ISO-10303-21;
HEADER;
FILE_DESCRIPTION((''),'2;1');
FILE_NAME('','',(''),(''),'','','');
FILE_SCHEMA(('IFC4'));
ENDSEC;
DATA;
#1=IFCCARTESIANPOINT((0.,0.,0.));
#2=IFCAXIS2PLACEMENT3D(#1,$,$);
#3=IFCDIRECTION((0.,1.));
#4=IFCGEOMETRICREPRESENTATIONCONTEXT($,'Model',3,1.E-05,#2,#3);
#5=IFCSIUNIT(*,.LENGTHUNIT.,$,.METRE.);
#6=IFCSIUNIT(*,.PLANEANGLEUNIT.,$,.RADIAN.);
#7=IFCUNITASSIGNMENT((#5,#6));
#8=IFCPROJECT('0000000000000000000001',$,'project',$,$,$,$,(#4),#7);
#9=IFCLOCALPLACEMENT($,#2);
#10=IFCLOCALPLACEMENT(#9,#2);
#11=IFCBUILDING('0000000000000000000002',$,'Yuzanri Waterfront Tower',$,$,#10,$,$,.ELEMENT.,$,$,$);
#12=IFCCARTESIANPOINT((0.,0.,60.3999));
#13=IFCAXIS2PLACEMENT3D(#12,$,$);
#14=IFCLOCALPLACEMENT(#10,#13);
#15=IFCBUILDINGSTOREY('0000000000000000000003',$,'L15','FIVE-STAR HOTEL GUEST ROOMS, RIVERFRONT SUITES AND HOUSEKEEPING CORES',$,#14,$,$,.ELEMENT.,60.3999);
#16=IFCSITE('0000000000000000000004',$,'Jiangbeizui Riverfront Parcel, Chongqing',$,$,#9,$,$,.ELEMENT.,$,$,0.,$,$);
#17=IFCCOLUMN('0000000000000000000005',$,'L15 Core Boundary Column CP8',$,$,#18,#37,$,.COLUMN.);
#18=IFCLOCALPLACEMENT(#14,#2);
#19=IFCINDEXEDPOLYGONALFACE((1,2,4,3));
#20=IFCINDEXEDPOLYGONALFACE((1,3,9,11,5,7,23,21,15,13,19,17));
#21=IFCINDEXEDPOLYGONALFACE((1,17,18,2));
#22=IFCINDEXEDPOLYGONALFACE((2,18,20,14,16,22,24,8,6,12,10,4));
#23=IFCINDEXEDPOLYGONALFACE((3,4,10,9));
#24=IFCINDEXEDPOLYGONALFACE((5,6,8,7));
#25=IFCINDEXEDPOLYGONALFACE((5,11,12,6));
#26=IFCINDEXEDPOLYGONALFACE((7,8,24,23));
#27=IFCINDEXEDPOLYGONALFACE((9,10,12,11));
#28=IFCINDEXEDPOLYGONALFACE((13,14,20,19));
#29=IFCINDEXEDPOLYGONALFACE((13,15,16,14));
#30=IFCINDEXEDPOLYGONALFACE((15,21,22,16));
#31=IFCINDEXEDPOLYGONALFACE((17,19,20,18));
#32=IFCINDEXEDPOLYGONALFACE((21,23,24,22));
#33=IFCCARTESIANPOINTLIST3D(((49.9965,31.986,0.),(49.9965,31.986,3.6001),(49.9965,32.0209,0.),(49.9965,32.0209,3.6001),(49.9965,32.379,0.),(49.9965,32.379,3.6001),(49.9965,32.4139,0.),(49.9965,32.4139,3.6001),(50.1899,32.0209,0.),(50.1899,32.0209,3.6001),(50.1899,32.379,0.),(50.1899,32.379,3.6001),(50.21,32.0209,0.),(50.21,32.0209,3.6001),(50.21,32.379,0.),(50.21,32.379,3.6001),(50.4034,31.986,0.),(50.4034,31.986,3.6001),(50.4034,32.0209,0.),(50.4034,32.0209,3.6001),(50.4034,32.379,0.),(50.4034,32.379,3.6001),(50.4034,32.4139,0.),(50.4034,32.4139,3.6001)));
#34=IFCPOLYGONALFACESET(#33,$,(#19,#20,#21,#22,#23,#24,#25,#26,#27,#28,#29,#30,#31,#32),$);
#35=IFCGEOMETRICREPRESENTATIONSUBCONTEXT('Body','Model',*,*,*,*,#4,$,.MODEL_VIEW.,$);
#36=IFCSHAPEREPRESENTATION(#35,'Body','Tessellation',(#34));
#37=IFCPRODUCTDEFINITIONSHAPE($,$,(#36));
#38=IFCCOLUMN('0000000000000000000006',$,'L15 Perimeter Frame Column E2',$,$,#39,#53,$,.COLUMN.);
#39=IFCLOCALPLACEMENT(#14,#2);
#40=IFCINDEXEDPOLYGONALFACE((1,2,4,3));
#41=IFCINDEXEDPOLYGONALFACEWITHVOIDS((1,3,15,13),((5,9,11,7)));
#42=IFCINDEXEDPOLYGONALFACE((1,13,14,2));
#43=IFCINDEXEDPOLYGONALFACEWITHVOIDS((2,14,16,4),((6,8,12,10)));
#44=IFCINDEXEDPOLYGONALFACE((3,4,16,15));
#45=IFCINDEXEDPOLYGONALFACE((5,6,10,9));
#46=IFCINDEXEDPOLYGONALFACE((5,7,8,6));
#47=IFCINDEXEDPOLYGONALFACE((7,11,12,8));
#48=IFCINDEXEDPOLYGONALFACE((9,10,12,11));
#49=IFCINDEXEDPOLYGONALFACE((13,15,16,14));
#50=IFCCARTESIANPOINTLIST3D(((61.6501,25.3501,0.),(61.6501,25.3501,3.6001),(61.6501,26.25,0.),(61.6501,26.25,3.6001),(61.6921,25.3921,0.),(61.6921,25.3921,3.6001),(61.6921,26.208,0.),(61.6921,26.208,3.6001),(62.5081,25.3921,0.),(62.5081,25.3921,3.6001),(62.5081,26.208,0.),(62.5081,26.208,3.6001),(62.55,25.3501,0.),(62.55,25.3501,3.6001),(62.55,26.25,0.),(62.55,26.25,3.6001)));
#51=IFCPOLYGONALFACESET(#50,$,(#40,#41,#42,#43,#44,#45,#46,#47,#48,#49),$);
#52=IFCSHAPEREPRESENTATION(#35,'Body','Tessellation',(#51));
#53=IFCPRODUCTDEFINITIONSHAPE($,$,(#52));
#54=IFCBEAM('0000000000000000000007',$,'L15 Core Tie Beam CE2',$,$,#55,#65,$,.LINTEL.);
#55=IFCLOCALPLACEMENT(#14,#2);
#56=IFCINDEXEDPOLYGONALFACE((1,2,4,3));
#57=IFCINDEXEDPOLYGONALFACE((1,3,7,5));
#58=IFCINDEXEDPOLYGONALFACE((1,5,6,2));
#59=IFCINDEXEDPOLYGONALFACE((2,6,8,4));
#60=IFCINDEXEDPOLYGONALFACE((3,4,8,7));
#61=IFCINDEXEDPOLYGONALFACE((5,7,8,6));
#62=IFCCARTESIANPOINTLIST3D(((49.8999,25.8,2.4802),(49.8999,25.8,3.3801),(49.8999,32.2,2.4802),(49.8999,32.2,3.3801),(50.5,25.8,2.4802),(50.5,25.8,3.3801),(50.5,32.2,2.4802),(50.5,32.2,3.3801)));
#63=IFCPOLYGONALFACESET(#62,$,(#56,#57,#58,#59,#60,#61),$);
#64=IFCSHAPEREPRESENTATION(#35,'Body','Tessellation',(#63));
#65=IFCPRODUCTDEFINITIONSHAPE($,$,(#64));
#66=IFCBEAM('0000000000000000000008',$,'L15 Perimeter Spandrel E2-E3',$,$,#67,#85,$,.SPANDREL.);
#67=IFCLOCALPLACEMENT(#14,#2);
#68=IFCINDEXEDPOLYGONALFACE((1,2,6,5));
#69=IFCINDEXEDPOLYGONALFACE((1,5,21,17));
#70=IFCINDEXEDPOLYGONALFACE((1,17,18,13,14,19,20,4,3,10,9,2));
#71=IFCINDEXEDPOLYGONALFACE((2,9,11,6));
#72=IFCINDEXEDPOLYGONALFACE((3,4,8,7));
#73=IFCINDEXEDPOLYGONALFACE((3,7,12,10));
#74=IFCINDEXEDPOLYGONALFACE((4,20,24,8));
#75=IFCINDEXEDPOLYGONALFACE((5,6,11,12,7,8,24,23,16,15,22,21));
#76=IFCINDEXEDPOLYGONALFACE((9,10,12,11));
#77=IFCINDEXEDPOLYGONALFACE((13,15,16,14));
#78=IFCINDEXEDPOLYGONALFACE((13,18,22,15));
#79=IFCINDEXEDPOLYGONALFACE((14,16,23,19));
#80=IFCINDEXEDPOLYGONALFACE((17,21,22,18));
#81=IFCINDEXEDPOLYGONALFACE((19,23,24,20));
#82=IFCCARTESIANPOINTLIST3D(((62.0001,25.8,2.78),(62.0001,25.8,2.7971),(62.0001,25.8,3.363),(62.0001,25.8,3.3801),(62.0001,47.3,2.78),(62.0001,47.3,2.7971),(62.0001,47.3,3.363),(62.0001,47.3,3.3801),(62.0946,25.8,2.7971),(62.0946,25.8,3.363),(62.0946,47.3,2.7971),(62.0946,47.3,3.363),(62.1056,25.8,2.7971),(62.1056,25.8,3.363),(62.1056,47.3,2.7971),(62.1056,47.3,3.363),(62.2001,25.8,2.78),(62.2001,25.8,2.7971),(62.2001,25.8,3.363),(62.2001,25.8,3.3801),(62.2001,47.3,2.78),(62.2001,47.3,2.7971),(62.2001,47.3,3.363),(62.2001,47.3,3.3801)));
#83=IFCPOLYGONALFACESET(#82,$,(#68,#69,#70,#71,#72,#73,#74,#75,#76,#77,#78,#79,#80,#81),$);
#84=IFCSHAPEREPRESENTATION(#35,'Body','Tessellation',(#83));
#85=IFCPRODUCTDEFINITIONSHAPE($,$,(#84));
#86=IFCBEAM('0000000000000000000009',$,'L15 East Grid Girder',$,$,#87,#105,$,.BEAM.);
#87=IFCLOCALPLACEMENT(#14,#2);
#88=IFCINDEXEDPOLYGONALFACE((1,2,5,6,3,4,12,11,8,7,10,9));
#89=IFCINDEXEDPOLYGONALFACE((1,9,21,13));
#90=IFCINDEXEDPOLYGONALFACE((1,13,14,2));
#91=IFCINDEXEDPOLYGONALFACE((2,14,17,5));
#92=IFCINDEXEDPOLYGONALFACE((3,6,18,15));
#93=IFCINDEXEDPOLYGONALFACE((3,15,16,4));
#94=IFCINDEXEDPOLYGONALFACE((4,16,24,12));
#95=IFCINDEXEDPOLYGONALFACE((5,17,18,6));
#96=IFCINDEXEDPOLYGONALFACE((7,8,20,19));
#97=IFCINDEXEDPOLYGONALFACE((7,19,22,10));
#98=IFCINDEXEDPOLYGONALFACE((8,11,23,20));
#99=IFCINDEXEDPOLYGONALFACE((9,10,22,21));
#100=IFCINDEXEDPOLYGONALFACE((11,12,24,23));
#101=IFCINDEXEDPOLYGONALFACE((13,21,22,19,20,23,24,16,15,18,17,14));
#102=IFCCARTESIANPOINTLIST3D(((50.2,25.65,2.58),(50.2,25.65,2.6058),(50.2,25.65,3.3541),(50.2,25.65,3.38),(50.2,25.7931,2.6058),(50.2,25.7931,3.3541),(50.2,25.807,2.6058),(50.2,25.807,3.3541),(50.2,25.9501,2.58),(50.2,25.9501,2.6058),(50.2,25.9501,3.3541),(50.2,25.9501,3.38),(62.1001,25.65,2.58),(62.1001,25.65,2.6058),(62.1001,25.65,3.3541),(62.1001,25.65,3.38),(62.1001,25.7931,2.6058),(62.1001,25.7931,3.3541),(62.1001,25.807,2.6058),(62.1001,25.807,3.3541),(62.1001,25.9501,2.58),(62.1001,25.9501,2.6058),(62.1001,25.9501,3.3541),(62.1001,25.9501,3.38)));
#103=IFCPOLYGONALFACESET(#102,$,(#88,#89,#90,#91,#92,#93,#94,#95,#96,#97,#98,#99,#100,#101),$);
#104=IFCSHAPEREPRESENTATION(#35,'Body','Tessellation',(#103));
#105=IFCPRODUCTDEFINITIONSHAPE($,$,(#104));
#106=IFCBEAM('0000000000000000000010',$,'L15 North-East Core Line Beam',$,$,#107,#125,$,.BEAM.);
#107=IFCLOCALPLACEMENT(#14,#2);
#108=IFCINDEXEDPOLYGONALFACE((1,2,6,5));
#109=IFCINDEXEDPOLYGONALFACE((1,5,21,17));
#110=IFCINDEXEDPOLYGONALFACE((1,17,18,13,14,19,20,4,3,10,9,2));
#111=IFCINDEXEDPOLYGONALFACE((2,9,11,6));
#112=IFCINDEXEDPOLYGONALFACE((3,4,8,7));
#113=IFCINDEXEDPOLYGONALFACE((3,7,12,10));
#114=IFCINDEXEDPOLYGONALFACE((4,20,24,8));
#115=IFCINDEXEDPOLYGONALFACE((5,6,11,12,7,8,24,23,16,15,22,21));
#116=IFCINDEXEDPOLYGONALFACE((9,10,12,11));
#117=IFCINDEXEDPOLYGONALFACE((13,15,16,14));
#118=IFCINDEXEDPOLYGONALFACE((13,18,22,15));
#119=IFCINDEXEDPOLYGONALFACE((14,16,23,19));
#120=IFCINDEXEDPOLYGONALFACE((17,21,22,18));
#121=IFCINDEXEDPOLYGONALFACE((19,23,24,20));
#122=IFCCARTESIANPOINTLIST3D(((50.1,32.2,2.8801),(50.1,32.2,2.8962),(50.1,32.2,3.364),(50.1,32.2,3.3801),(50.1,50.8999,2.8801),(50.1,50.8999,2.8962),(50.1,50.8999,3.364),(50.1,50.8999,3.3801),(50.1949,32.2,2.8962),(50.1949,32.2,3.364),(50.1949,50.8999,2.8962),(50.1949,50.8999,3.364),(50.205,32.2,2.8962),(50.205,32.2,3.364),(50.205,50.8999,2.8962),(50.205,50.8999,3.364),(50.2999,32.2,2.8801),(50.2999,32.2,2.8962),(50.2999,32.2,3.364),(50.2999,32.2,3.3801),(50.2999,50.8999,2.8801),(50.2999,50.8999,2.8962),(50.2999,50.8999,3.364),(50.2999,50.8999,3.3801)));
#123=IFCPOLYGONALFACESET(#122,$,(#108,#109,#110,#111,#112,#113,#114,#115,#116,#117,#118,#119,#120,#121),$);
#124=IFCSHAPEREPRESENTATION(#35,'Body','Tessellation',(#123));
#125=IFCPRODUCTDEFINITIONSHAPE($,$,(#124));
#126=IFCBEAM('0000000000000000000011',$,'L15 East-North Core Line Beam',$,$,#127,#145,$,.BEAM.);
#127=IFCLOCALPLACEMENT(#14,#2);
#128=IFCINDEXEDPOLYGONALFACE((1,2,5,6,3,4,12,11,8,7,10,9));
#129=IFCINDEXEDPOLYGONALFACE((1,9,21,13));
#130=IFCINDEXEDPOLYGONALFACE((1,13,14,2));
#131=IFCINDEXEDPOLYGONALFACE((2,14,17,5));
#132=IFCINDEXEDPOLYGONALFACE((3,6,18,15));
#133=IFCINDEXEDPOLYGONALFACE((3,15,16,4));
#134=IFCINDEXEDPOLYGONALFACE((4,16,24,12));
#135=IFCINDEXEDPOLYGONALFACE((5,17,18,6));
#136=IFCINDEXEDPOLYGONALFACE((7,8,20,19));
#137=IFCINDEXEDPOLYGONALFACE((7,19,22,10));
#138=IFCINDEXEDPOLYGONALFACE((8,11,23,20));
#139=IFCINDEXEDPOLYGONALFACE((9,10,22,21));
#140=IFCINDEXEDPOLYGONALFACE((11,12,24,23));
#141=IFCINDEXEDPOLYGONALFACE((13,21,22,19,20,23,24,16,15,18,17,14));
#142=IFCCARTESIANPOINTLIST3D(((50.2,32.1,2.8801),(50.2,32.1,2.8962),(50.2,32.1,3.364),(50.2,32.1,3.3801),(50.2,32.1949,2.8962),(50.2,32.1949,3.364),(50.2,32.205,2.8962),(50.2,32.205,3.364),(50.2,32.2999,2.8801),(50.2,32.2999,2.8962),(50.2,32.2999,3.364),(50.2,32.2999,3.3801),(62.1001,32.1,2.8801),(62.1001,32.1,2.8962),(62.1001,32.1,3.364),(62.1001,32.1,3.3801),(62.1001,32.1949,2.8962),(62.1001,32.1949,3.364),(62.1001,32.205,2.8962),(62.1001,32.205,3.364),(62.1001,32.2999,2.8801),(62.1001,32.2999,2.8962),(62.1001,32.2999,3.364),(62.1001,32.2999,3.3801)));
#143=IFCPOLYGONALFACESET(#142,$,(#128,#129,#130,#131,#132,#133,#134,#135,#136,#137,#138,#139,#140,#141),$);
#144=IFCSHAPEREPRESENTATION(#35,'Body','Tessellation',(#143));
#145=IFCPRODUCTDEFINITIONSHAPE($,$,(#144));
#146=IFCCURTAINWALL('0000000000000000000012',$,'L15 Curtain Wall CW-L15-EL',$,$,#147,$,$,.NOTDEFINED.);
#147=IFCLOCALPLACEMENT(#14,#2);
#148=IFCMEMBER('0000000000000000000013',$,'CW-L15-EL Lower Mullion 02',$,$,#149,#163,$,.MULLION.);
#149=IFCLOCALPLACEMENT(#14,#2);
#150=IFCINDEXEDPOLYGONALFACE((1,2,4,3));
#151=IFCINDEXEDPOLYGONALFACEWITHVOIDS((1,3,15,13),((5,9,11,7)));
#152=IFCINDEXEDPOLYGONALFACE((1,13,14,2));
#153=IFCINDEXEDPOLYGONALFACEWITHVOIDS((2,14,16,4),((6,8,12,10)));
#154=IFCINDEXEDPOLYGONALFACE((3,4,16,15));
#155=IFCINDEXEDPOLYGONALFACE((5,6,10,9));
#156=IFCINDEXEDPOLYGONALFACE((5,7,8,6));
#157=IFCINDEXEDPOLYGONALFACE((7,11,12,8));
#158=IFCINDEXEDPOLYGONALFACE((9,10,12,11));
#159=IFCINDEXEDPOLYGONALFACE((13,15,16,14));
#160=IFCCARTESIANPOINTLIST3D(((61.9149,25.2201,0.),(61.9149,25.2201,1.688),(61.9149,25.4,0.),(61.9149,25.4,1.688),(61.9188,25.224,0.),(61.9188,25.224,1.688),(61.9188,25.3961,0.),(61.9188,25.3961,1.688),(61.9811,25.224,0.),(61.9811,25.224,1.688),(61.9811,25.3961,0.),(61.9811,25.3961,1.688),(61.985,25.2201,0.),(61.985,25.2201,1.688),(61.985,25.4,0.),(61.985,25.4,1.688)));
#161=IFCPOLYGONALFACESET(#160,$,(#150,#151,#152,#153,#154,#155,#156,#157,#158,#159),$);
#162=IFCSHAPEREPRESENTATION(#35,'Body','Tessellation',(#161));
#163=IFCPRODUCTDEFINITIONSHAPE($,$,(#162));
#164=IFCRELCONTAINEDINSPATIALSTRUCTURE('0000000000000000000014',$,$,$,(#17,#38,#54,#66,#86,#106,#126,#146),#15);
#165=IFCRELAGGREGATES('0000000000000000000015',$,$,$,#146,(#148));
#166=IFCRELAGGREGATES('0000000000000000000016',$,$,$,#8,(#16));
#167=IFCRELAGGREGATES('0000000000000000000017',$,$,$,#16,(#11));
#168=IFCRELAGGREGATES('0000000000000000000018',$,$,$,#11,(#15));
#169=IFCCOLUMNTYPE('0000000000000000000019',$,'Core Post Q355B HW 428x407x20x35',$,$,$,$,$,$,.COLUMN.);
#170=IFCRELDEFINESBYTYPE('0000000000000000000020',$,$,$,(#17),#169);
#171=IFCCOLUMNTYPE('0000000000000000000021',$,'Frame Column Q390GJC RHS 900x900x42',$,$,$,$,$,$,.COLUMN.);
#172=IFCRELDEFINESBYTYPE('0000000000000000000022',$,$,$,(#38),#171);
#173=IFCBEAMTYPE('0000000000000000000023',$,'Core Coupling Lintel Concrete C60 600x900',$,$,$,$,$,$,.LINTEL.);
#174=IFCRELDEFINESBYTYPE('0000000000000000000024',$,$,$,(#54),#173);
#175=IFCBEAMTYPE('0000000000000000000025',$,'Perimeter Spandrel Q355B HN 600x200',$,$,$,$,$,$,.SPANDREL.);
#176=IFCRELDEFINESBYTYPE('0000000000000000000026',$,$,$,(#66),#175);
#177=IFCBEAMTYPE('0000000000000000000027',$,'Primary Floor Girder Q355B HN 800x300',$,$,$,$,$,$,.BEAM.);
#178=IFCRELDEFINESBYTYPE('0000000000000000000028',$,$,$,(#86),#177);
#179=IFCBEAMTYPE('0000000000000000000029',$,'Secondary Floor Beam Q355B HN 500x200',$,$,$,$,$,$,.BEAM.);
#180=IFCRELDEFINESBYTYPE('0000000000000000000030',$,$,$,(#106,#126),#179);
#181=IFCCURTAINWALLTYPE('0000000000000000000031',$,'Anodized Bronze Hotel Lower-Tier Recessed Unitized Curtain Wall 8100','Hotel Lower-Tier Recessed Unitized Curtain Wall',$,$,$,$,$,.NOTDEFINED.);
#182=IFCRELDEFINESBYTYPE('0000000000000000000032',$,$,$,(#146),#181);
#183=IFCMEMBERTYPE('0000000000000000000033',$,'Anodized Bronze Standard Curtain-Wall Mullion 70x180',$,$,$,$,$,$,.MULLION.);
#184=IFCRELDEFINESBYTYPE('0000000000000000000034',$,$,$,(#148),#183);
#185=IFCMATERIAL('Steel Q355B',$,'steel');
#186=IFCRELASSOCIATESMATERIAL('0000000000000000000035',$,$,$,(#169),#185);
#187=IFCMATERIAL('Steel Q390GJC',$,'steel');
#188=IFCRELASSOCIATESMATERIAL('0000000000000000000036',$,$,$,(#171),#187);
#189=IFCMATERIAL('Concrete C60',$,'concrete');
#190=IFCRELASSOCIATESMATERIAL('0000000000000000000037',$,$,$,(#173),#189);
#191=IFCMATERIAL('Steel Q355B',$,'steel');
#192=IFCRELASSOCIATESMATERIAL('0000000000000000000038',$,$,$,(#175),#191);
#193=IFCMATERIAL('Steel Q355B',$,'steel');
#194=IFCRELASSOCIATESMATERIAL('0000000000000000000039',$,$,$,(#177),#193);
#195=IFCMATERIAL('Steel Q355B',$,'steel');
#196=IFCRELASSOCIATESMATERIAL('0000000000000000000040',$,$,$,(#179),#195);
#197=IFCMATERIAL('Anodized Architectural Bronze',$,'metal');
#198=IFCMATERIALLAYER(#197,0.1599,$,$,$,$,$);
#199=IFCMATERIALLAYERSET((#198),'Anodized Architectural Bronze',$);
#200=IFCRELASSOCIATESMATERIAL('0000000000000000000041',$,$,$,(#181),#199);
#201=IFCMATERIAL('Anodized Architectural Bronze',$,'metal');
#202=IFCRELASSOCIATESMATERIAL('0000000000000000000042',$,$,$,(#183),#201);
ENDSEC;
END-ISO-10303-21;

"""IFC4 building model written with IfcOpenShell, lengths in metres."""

from ifc_helpers import new_model, si_unit, direction, frame, origin, origin_2d, place, context, subcontext, project, spatial, rectangle, hollow_rectangle, i_section, extrude, source, transform, mapped, material, layer, layer_set, material_profile, profile_set, type_object, element, aggregate, save


model = new_model("IFC4")

# Units and contexts
model_context = context("Model", 3, precision=1e-05, world=origin(), true_north=direction((0.0, 1.0)))
body_context = subcontext(model_context, "Body", "Model", "MODEL_VIEW")
ifc_project = project(units=[si_unit("LENGTHUNIT", "METRE"), si_unit("PLANEANGLEUNIT", "RADIAN")], contexts=[model_context])

# Site, building, storey
site_placement = place(None, origin())
site = spatial("IfcSite", under=ifc_project, at=site_placement, Name="Jiangbeizui Riverfront Parcel, Chongqing", CompositionType="ELEMENT", RefElevation=0.0)
building_placement = place(site_placement, origin())
building = spatial("IfcBuilding", under=site, at=building_placement, Name="Yuzanri Waterfront Tower", CompositionType="ELEMENT")
storey_placement = place(building_placement, frame((0.0, 0.0, 60.3999)))
storey = spatial("IfcBuildingStorey", under=building, at=storey_placement, Name="L15", Description="FIVE-STAR HOTEL GUEST ROOMS, RIVERFRONT SUITES AND HOUSEKEEPING CORES", CompositionType="ELEMENT", Elevation=60.3999)

# Columns
ifc_material_1 = material(Name="Steel Q355B", Category="steel")
ifc_material_profile_1 = material_profile(ifc_material_1, i_section(OverallWidth=0.407, OverallDepth=0.428, WebThickness=0.02, FlangeThickness=0.0349, at=origin_2d()), Name="HW 428x407x20x35")
ifc_profile_set_1 = profile_set([ifc_material_profile_1], Name="Steel Q355B")
column_type_1 = type_object("IfcColumnType", Name="Core Post Q355B HW 428x407x20x35", PredefinedType="COLUMN", material=ifc_profile_set_1)
shared_shape_1 = source(origin(), body_context, "Body", "SweptSolid", [
    extrude(i_section(OverallWidth=0.407, OverallDepth=0.428, WebThickness=0.02, FlangeThickness=0.0349, at=origin_2d()), origin(), (0.0, 0.0, 1.0), 3.6001),
])
column_1_placement = place(storey_placement, frame((50.2, 32.2, 0.0), z_axis=(0.0, 0.0, 1.0), x_axis=(1.0, 0.0, 0.0)))
element("IfcColumn", 1, at=column_1_placement, inside=storey, type_object=column_type_1, Name="L15 Core Boundary Column CP8", PredefinedType="COLUMN", context=body_context, shape_type="MappedRepresentation", body=[
    mapped(shared_shape_1, transform((0.0, 0.0, 0.0), scale=1.0)),
])
ifc_material_2 = material(Name="Steel Q390GJC", Category="steel")
ifc_material_profile_2 = material_profile(ifc_material_2, hollow_rectangle(XDim=0.8999, YDim=0.8999, WallThickness=0.042, at=origin_2d()), Name="RHS 900x900x42")
ifc_profile_set_2 = profile_set([ifc_material_profile_2], Name="Steel Q390GJC")
column_type_2 = type_object("IfcColumnType", Name="Frame Column Q390GJC RHS 900x900x42", PredefinedType="COLUMN", material=ifc_profile_set_2)
shared_shape_2 = source(origin(), body_context, "Body", "SweptSolid", [
    extrude(hollow_rectangle(XDim=0.8999, YDim=0.8999, WallThickness=0.042, at=origin_2d()), origin(), (0.0, 0.0, 1.0), 3.6001),
])
column_2_placement = place(storey_placement, frame((62.1001, 25.8, 0.0), z_axis=(0.0, 0.0, 1.0), x_axis=(1.0, 0.0, 0.0)))
element("IfcColumn", 2, at=column_2_placement, inside=storey, type_object=column_type_2, Name="L15 Perimeter Frame Column E2", PredefinedType="COLUMN", context=body_context, shape_type="MappedRepresentation", body=[
    mapped(shared_shape_2, transform((0.0, 0.0, 0.0), scale=1.0)),
])

# Beams
ifc_material_3 = material(Name="Concrete C60", Category="concrete")
ifc_material_profile_3 = material_profile(ifc_material_3, rectangle(XDim=0.6001, YDim=0.8999, at=origin_2d()), Name="RC 600x900")
ifc_profile_set_3 = profile_set([ifc_material_profile_3], Name="Concrete C60")
beam_type_1 = type_object("IfcBeamType", Name="Core Coupling Lintel Concrete C60 600x900", PredefinedType="LINTEL", material=ifc_profile_set_3)
shared_shape_3 = source(origin(), body_context, "Body", "SweptSolid", [
    extrude(rectangle(XDim=0.6001, YDim=0.8999, at=origin_2d()), origin(), (0.0, 0.0, 1.0), 6.3999),
])
beam_1_placement = place(storey_placement, frame((50.2, 25.8, 2.9302), z_axis=(0.0, 1.0, 0.0), x_axis=(-1.0, 0.0, 0.0)))
element("IfcBeam", 3, at=beam_1_placement, inside=storey, type_object=beam_type_1, Name="L15 Core Tie Beam CE2", PredefinedType="LINTEL", context=body_context, shape_type="MappedRepresentation", body=[
    mapped(shared_shape_3, transform((0.0, 0.0, 0.0), scale=1.0)),
])
ifc_material_4 = material(Name="Steel Q355B", Category="steel")
ifc_material_profile_4 = material_profile(ifc_material_4, i_section(OverallWidth=0.2, OverallDepth=0.6001, WebThickness=0.011, FlangeThickness=0.0171, at=origin_2d()), Name="HN 600x200x11x17")
ifc_profile_set_4 = profile_set([ifc_material_profile_4], Name="Steel Q355B")
beam_type_2 = type_object("IfcBeamType", Name="Perimeter Spandrel Q355B HN 600x200", PredefinedType="SPANDREL", material=ifc_profile_set_4)
shared_shape_4 = source(origin(), body_context, "Body", "SweptSolid", [
    extrude(i_section(OverallWidth=0.2, OverallDepth=0.6001, WebThickness=0.011, FlangeThickness=0.0171, at=origin_2d()), origin(), (0.0, 0.0, 1.0), 21.5),
])
beam_2_placement = place(storey_placement, frame((62.1001, 25.8, 3.0801), z_axis=(0.0, 1.0, 0.0), x_axis=(-1.0, 0.0, 0.0)))
element("IfcBeam", 4, at=beam_2_placement, inside=storey, type_object=beam_type_2, Name="L15 Perimeter Spandrel E2-E3", PredefinedType="SPANDREL", context=body_context, shape_type="MappedRepresentation", body=[
    mapped(shared_shape_4, transform((0.0, 0.0, 0.0), scale=1.0)),
])
ifc_material_5 = material(Name="Steel Q355B", Category="steel")
ifc_material_profile_5 = material_profile(ifc_material_5, i_section(OverallWidth=0.3, OverallDepth=0.8, WebThickness=0.0139, FlangeThickness=0.0259, at=origin_2d()), Name="HN 800x300x14x26")
ifc_profile_set_5 = profile_set([ifc_material_profile_5], Name="Steel Q355B")
beam_type_3 = type_object("IfcBeamType", Name="Primary Floor Girder Q355B HN 800x300", PredefinedType="BEAM", material=ifc_profile_set_5)
shared_shape_5 = source(origin(), body_context, "Body", "SweptSolid", [
    extrude(i_section(OverallWidth=0.3, OverallDepth=0.8, WebThickness=0.0139, FlangeThickness=0.0259, at=origin_2d()), origin(), (0.0, 0.0, 1.0), 11.9001),
])
beam_3_placement = place(storey_placement, frame((50.2, 25.8, 2.98), z_axis=(1.0, 0.0, 0.0), x_axis=(0.0, 1.0, 0.0)))
element("IfcBeam", 5, at=beam_3_placement, inside=storey, type_object=beam_type_3, Name="L15 East Grid Girder", PredefinedType="BEAM", context=body_context, shape_type="MappedRepresentation", body=[
    mapped(shared_shape_5, transform((0.0, 0.0, 0.0), scale=1.0)),
])
ifc_material_6 = material(Name="Steel Q355B", Category="steel")
ifc_material_profile_6 = material_profile(ifc_material_6, i_section(OverallWidth=0.2, OverallDepth=0.5, WebThickness=0.01, FlangeThickness=0.0161, at=origin_2d()), Name="HN 500x200x10x16")
ifc_profile_set_6 = profile_set([ifc_material_profile_6], Name="Steel Q355B")
beam_type_4 = type_object("IfcBeamType", Name="Secondary Floor Beam Q355B HN 500x200", PredefinedType="BEAM", material=ifc_profile_set_6)
shared_shape_6 = source(origin(), body_context, "Body", "SweptSolid", [
    extrude(i_section(OverallWidth=0.2, OverallDepth=0.5, WebThickness=0.01, FlangeThickness=0.0161, at=origin_2d()), origin(), (0.0, 0.0, 1.0), 18.7),
])
beam_4_placement = place(storey_placement, frame((50.2, 32.2, 3.1301), z_axis=(0.0, 1.0, 0.0), x_axis=(-1.0, 0.0, 0.0)))
element("IfcBeam", 6, at=beam_4_placement, inside=storey, type_object=beam_type_4, Name="L15 North-East Core Line Beam", PredefinedType="BEAM", context=body_context, shape_type="MappedRepresentation", body=[
    mapped(shared_shape_6, transform((0.0, 0.0, 0.0), scale=1.0)),
])
shared_shape_7 = source(origin(), body_context, "Body", "SweptSolid", [
    extrude(i_section(OverallWidth=0.2, OverallDepth=0.5, WebThickness=0.01, FlangeThickness=0.0161, at=origin_2d()), origin(), (0.0, 0.0, 1.0), 11.9001),
])
beam_5_placement = place(storey_placement, frame((50.2, 32.2, 3.1301), z_axis=(1.0, 0.0, 0.0), x_axis=(0.0, 1.0, 0.0)))
element("IfcBeam", 7, at=beam_5_placement, inside=storey, type_object=beam_type_4, Name="L15 East-North Core Line Beam", PredefinedType="BEAM", context=body_context, shape_type="MappedRepresentation", body=[
    mapped(shared_shape_7, transform((0.0, 0.0, 0.0), scale=1.0)),
])

# Curtain wall, member
ifc_material_7 = material(Name="Anodized Architectural Bronze", Category="metal")
ifc_layer_1 = layer(ifc_material_7, 0.1599)
ifc_layer_set_1 = layer_set([ifc_layer_1], Name="Anodized Architectural Bronze")
curtain_wall_type = type_object("IfcCurtainWallType", Name="Anodized Bronze Hotel Lower-Tier Recessed Unitized Curtain Wall 8100", Description="Hotel Lower-Tier Recessed Unitized Curtain Wall", PredefinedType="NOTDEFINED", material=ifc_layer_set_1)
curtain_wall_1_placement = place(storey_placement, origin())
curtain_wall_1 = element("IfcCurtainWall", 8, at=curtain_wall_1_placement, inside=storey, type_object=curtain_wall_type, Name="L15 Curtain Wall CW-L15-EL", PredefinedType="NOTDEFINED")
ifc_material_8 = material(Name="Anodized Architectural Bronze", Category="metal")
ifc_material_profile_7 = material_profile(ifc_material_8, hollow_rectangle(XDim=0.0701, YDim=0.1799, WallThickness=0.0039, at=origin_2d()), Name="CWM 70x180")
ifc_profile_set_7 = profile_set([ifc_material_profile_7], Name="Anodized Architectural Bronze")
member_type_1 = type_object("IfcMemberType", Name="Anodized Bronze Standard Curtain-Wall Mullion 70x180", PredefinedType="MULLION", material=ifc_profile_set_7)
shared_shape_8 = source(origin(), body_context, "Body", "SweptSolid", [
    extrude(hollow_rectangle(XDim=0.0701, YDim=0.1799, WallThickness=0.0039, at=origin_2d()), origin(), (0.0, 0.0, 1.0), 1.688),
])
member_1_placement = place(storey_placement, frame((61.95, 25.3101, 0.0), z_axis=(0.0, 0.0, 1.0), x_axis=(1.0, 0.0, 0.0)))
member_1 = element("IfcMember", 9, at=member_1_placement, type_object=member_type_1, Name="CW-L15-EL Lower Mullion 02", PredefinedType="MULLION", context=body_context, shape_type="MappedRepresentation", body=[
    mapped(shared_shape_8, transform((0.0, 0.0, 0.0), scale=1.0)),
])
aggregate(curtain_wall_1, [member_1])

save(model, "model.ifc")
